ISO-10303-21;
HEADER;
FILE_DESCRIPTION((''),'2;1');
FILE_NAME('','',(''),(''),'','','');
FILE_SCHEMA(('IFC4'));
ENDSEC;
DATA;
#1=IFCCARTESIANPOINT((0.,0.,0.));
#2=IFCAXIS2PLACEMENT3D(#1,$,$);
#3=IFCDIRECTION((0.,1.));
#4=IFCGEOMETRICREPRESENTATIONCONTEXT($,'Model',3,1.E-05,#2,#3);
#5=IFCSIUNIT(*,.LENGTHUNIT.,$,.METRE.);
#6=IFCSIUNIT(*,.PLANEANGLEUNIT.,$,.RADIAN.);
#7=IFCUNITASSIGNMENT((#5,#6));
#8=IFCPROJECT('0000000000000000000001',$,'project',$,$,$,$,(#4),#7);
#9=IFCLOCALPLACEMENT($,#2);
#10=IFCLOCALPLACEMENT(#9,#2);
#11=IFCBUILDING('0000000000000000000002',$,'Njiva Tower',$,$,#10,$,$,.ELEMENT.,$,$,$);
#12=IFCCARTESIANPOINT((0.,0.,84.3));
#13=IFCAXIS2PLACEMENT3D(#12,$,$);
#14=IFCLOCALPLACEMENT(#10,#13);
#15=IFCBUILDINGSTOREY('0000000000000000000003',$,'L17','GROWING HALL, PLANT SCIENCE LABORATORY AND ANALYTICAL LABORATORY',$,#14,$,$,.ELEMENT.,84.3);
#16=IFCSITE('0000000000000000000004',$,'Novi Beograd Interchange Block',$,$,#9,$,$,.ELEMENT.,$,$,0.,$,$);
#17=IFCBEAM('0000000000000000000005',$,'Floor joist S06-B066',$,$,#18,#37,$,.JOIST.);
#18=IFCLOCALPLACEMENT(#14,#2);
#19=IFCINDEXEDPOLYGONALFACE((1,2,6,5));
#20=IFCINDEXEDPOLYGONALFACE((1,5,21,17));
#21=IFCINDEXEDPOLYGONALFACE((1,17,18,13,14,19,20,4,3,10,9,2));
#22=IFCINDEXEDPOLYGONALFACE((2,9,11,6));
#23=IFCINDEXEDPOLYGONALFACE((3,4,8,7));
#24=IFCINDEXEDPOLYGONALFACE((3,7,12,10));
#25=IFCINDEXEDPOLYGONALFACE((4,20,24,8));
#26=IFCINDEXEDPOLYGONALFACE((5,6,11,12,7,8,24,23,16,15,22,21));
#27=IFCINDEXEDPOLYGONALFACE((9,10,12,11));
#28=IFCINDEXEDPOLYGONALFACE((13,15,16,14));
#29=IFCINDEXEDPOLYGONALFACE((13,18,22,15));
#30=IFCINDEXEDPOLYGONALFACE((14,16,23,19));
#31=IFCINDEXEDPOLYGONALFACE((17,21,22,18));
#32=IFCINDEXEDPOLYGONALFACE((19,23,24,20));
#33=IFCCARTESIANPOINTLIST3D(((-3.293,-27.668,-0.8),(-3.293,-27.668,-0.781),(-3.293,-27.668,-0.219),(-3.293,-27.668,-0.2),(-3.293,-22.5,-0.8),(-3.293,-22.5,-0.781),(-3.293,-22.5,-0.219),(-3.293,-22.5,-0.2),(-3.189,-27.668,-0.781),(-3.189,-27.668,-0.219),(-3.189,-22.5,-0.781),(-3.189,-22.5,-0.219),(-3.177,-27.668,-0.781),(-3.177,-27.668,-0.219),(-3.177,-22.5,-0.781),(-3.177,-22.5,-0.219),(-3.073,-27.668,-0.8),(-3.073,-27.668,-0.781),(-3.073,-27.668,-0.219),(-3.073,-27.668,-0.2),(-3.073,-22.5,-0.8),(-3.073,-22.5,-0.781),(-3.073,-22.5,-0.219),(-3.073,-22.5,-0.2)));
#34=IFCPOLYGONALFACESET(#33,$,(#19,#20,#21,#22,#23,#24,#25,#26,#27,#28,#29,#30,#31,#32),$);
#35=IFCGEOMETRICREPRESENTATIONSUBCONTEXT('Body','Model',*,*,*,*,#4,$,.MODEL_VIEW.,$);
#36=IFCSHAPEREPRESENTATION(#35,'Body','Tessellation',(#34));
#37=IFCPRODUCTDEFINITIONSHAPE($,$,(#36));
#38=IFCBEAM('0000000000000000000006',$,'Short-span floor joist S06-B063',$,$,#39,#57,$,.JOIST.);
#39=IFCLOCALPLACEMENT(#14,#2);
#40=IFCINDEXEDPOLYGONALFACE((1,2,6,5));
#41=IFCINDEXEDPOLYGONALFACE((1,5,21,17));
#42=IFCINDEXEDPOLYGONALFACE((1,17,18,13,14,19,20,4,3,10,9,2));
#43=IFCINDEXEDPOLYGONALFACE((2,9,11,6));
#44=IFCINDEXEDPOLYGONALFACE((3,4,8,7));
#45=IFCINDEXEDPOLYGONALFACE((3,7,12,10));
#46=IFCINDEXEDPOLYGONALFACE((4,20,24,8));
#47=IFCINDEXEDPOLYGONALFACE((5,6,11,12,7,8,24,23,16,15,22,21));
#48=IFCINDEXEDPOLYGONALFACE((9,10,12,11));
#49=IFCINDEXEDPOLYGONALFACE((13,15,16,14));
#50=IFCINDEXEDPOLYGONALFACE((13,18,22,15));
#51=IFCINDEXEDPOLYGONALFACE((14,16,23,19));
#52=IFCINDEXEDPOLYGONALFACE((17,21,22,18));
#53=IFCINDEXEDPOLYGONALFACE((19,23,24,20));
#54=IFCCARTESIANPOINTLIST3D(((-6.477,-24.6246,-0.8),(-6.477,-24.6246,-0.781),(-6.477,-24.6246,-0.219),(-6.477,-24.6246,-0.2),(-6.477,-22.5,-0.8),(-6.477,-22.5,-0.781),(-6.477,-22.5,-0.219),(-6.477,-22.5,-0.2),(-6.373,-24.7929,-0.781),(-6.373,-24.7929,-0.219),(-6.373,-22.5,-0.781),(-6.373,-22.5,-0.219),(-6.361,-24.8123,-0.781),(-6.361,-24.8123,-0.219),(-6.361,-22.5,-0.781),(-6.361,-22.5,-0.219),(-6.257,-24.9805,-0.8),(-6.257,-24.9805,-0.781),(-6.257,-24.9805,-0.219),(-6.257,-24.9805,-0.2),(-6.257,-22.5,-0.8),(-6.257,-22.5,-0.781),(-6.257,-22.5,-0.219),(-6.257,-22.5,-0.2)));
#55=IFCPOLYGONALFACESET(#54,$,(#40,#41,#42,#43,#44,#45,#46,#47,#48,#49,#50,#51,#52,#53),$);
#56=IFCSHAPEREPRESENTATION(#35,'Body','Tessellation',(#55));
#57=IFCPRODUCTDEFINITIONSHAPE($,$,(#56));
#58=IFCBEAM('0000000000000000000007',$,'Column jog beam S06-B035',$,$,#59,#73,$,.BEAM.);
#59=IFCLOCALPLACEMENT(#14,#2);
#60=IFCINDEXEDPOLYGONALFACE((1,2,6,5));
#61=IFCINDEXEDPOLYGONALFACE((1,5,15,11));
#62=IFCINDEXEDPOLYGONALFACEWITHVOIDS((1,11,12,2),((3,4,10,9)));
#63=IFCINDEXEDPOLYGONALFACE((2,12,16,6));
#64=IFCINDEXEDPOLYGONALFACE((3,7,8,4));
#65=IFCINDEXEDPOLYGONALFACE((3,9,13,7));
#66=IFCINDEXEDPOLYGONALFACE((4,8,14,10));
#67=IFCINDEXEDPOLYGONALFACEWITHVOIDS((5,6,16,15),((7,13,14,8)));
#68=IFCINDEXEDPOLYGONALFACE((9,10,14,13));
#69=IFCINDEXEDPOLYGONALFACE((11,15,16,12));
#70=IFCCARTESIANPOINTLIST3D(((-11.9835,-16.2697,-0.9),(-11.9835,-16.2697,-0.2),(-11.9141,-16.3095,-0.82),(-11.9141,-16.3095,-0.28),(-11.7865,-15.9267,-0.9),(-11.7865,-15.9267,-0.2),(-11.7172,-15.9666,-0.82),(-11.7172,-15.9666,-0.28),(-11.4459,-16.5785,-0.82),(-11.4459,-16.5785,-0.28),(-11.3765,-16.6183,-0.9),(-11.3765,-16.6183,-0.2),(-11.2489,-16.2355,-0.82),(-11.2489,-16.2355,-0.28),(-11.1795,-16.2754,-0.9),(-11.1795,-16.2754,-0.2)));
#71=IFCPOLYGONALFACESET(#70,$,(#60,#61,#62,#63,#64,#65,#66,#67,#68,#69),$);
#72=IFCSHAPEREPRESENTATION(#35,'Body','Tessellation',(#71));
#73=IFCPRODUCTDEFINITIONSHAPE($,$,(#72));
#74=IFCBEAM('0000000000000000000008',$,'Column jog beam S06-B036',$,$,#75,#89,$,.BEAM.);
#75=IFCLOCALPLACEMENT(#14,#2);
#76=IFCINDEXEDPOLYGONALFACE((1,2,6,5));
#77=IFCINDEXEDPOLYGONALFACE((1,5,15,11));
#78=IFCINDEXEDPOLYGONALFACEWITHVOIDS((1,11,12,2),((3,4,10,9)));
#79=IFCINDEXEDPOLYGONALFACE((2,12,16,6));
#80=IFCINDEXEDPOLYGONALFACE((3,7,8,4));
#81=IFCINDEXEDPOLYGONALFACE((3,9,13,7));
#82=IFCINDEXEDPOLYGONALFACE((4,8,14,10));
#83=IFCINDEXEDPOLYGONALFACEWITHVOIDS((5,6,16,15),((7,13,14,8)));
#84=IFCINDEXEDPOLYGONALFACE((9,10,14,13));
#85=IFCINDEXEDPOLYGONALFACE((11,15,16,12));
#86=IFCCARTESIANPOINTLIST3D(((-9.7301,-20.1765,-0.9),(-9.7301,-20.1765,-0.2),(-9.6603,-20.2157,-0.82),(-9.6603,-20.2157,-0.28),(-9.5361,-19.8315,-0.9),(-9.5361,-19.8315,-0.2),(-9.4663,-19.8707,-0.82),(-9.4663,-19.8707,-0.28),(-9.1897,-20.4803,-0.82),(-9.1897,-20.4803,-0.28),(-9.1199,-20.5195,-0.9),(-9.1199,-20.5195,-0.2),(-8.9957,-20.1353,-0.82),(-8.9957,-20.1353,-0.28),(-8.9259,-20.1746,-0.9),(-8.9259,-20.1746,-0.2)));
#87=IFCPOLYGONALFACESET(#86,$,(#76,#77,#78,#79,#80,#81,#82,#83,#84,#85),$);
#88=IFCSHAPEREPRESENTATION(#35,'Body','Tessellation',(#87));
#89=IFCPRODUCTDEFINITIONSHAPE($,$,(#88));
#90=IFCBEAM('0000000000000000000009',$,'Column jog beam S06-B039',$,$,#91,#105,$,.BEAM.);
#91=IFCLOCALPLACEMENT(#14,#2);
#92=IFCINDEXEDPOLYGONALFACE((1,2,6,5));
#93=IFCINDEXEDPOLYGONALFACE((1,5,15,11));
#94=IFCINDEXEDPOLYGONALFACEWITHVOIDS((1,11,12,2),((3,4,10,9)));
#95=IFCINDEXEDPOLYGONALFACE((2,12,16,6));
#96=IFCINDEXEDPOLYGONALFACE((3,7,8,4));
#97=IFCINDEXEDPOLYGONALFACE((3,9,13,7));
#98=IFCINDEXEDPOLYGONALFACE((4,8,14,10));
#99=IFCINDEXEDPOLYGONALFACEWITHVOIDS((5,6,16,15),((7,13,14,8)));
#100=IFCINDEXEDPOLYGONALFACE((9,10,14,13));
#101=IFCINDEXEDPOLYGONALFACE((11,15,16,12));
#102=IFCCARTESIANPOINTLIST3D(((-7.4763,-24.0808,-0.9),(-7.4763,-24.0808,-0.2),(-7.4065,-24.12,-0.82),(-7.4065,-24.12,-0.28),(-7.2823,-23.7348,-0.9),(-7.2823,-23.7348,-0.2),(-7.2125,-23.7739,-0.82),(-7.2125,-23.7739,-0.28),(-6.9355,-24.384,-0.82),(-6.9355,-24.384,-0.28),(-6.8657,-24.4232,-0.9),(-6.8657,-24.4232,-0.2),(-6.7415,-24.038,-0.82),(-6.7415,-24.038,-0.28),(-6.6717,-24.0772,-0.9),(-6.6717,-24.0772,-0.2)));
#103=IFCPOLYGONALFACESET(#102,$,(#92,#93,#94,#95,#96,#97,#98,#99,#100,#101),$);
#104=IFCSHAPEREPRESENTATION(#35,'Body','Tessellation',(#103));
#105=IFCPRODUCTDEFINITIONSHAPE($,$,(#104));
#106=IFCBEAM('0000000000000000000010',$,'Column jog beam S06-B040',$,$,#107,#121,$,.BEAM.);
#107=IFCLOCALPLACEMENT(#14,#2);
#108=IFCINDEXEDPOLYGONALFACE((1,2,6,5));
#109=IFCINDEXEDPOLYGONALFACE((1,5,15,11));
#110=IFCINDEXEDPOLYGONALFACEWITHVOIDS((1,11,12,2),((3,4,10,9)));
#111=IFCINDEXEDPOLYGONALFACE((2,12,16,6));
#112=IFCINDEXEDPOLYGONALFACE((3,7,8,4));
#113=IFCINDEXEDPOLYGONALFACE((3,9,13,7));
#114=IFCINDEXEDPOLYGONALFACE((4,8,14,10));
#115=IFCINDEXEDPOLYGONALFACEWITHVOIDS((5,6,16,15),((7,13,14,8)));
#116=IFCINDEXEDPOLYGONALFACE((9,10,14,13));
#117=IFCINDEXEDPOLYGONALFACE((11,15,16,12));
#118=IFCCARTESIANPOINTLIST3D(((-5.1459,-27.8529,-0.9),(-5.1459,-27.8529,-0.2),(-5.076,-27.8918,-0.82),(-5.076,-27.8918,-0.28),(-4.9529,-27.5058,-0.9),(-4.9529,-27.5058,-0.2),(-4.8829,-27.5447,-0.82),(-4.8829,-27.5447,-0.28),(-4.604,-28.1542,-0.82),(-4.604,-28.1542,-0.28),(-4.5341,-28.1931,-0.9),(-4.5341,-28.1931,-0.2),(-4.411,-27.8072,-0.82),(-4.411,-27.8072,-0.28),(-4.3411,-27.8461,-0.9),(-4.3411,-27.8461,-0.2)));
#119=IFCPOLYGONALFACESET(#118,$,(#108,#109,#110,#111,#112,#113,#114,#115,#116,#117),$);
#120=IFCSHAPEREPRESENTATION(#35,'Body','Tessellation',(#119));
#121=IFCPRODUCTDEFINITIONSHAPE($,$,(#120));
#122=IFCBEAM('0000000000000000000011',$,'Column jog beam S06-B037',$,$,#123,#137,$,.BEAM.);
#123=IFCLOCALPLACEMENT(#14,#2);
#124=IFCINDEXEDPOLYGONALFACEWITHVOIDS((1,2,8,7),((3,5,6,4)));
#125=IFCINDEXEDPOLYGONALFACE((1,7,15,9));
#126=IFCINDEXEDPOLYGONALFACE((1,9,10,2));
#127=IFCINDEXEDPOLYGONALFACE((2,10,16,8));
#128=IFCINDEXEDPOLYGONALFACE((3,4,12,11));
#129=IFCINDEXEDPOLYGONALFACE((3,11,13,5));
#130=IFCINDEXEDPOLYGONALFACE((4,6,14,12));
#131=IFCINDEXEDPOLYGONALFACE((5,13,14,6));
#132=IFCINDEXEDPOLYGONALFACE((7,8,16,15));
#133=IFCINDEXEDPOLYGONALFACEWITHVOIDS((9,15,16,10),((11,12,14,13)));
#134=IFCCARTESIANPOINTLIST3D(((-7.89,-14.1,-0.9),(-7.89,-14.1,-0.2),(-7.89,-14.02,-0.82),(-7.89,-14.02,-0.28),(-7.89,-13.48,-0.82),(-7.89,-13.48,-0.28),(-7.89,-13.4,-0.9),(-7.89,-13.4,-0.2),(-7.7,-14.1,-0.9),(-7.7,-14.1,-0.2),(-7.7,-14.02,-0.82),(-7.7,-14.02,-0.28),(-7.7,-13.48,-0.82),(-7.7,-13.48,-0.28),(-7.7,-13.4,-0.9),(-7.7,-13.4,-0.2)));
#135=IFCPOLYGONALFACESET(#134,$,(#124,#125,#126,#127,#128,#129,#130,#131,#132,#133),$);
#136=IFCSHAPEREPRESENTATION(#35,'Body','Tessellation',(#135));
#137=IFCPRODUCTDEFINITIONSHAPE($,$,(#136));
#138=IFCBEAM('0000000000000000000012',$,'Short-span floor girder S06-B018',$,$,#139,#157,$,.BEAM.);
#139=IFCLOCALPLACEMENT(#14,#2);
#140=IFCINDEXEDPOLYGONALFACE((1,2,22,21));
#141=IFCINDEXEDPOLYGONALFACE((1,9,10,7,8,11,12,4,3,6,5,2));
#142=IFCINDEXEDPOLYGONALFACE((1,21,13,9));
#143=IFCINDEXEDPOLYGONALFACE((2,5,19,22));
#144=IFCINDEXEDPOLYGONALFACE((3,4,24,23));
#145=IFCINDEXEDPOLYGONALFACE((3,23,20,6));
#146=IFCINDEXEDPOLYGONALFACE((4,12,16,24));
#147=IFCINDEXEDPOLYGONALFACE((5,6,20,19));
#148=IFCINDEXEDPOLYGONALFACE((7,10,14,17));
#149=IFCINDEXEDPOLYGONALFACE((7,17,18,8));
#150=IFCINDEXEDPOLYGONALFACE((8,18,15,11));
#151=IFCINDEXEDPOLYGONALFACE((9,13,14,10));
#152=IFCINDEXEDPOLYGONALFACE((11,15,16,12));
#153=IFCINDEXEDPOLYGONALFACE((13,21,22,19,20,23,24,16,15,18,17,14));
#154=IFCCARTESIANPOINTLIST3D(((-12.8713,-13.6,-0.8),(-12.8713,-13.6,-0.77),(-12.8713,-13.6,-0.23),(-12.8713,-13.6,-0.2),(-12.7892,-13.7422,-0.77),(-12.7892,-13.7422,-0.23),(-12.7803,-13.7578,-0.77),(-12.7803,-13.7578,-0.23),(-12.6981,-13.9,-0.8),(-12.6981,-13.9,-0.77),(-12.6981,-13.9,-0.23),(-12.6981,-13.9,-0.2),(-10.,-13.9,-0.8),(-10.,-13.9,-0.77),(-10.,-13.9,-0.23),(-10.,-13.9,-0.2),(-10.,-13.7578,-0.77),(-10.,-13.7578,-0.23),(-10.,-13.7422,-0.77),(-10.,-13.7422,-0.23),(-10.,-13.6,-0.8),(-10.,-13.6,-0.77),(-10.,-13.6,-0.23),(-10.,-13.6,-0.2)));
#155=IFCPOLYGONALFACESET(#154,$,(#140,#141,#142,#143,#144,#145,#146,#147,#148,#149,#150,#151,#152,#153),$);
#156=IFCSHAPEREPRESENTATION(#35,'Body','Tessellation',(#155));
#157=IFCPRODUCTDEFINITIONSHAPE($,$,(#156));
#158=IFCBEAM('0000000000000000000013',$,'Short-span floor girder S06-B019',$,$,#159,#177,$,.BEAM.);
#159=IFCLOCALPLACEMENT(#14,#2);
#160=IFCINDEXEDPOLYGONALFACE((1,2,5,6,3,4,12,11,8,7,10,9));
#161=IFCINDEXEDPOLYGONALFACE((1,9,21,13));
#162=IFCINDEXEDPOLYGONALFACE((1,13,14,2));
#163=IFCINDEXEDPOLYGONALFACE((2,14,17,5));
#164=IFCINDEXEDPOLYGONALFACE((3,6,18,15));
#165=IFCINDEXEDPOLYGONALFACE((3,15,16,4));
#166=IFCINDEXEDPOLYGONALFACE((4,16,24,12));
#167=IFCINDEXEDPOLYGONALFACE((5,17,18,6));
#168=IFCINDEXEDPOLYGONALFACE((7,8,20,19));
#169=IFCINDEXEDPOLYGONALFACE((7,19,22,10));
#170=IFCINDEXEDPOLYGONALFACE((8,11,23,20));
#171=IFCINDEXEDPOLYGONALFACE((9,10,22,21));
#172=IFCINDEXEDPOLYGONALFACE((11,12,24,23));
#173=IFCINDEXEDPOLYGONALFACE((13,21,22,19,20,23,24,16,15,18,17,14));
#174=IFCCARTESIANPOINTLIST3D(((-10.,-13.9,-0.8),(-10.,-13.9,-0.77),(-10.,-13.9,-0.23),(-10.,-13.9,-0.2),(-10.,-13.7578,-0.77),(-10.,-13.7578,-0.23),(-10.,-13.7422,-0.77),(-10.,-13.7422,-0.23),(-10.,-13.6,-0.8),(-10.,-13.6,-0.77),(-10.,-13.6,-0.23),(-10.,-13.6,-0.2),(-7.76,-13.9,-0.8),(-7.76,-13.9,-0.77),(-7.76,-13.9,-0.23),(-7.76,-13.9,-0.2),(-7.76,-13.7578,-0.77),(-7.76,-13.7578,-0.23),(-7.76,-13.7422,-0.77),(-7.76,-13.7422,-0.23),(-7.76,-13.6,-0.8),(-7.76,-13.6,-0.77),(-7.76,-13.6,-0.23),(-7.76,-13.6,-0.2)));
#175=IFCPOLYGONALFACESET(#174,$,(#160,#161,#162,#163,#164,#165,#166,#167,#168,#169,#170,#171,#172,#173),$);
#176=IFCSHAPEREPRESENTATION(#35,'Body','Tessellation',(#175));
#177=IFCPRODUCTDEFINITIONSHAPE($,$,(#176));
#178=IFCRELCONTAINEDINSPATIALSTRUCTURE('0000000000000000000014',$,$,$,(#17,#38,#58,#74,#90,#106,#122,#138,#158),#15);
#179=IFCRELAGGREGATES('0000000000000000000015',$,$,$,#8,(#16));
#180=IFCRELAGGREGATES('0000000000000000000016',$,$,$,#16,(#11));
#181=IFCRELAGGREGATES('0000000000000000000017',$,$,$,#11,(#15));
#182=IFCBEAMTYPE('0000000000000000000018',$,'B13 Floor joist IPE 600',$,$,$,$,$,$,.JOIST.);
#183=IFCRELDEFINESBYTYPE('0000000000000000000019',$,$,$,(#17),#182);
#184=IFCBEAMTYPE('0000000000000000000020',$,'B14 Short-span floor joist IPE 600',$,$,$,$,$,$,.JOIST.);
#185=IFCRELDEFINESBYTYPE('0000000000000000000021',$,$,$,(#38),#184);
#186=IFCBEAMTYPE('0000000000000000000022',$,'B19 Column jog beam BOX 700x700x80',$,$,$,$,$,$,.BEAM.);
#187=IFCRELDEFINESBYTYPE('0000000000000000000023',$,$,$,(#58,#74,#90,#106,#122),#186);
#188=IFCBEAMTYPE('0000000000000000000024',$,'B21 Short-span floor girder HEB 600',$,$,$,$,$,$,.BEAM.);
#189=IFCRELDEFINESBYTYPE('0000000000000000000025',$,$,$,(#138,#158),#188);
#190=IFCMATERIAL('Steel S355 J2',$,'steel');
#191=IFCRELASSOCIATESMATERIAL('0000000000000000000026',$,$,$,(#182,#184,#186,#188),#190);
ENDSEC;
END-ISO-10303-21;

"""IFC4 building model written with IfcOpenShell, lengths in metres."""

from ifc_helpers import new_model, si_unit, direction, frame, origin, origin_2d, place, context, subcontext, project, spatial, hollow_rectangle, i_section, extrude, clip, halfspace, material, material_profile, profile_set, type_object, element, save


model = new_model("IFC4")

# Units and contexts
model_context = context("Model", 3, precision=1e-05, world=origin(), true_north=direction((0.0, 1.0)))
body_context = subcontext(model_context, "Body", "Model", "MODEL_VIEW")
ifc_project = project(units=[si_unit("LENGTHUNIT", "METRE"), si_unit("PLANEANGLEUNIT", "RADIAN")], contexts=[model_context])

# Site, building, storey
site_placement = place(None, origin())
site = spatial("IfcSite", under=ifc_project, at=site_placement, Name="Novi Beograd Interchange Block", CompositionType="ELEMENT", RefElevation=0.0)
building_placement = place(site_placement, origin())
building = spatial("IfcBuilding", under=site, at=building_placement, Name="Njiva Tower", CompositionType="ELEMENT")
storey_placement = place(building_placement, frame((0.0, 0.0, 84.3)))
storey = spatial("IfcBuildingStorey", under=building, at=storey_placement, Name="L17", Description="GROWING HALL, PLANT SCIENCE LABORATORY AND ANALYTICAL LABORATORY", CompositionType="ELEMENT", Elevation=84.3)

# Shared definitions
ifc_material_1 = material(Name="Steel S355 J2", Category="steel")

# Beams
ifc_material_profile_1 = material_profile(ifc_material_1, i_section(OverallWidth=0.22, OverallDepth=0.6, WebThickness=0.012, FlangeThickness=0.019, at=origin_2d()), Name="IPE 600")
ifc_profile_set_1 = profile_set([ifc_material_profile_1], Name="Steel S355 J2")
beam_type_1 = type_object("IfcBeamType", Name="B13 Floor joist IPE 600", PredefinedType="JOIST", material=ifc_profile_set_1)
beam_1_placement = place(storey_placement, frame((-3.183, -22.5, -0.5), z_axis=(0.0, -1.0, 0.0), x_axis=(1.0, 0.0, 0.0)))
element("IfcBeam", 1, at=beam_1_placement, inside=storey, type_object=beam_type_1, Name="Floor joist S06-B066", PredefinedType="JOIST", context=body_context, shape_type="SweptSolid", body=[
    extrude(i_section(OverallWidth=0.22, OverallDepth=0.6, WebThickness=0.012, FlangeThickness=0.019, at=origin_2d()), origin(), (0.0, 0.0, 1.0), 5.168),
])
ifc_material_profile_2 = material_profile(ifc_material_1, i_section(OverallWidth=0.22, OverallDepth=0.6, WebThickness=0.012, FlangeThickness=0.019, at=origin_2d()), Name="IPE 600")
ifc_profile_set_2 = profile_set([ifc_material_profile_2], Name="Steel S355 J2")
beam_type_2 = type_object("IfcBeamType", Name="B14 Short-span floor joist IPE 600", PredefinedType="JOIST", material=ifc_profile_set_2)
beam_2_placement = place(storey_placement, frame((-6.367, -22.5, -0.5), z_axis=(0.0, -1.0, 0.0), x_axis=(1.0, 0.0, 0.0)))
element("IfcBeam", 2, at=beam_2_placement, inside=storey, type_object=beam_type_2, Name="Short-span floor joist S06-B063", PredefinedType="JOIST", context=body_context, shape_type="Clipping", body=[
    clip(extrude(i_section(OverallWidth=0.22, OverallDepth=0.6, WebThickness=0.012, FlangeThickness=0.019, at=origin_2d()), origin(), (0.0, 0.0, 1.0), 2.501), halfspace(frame((-0.0422, 0.0, 2.2343), z_axis=(-0.850616, 0.0, 0.525788), x_axis=(0.0, 1.0, 0.0)), False)),
])
ifc_material_profile_3 = material_profile(ifc_material_1, hollow_rectangle(XDim=0.7, YDim=0.7, WallThickness=0.08, at=origin_2d()), Name="BOX 700x700x80")
ifc_profile_set_3 = profile_set([ifc_material_profile_3], Name="Steel S355 J2")
beam_type_3 = type_object("IfcBeamType", Name="B19 Column jog beam BOX 700x700x80", PredefinedType="BEAM", material=ifc_profile_set_3)
beam_3_placement = place(storey_placement, frame((-11.68, -16.444, -0.55), z_axis=(0.498044, 0.867152, 0.0), x_axis=(-0.867152, 0.498044, 0.0)))
element("IfcBeam", 3, at=beam_3_placement, inside=storey, type_object=beam_type_3, Name="Column jog beam S06-B035", PredefinedType="BEAM", context=body_context, shape_type="SweptSolid", body=[
    extrude(hollow_rectangle(XDim=0.7, YDim=0.7, WallThickness=0.08, at=origin_2d()), origin(), (0.0, 0.0, 1.0), 0.3955),
])
beam_4_placement = place(storey_placement, frame((-9.425, -20.348, -0.55), z_axis=(0.490141, 0.871643, 0.0), x_axis=(-0.871643, 0.490141, 0.0)))
element("IfcBeam", 4, at=beam_4_placement, inside=storey, type_object=beam_type_3, Name="Column jog beam S06-B036", PredefinedType="BEAM", context=body_context, shape_type="SweptSolid", body=[
    extrude(hollow_rectangle(XDim=0.7, YDim=0.7, WallThickness=0.08, at=origin_2d()), origin(), (0.0, 0.0, 1.0), 0.3958),
])
beam_5_placement = place(storey_placement, frame((-7.171, -24.252, -0.55), z_axis=(0.489064, 0.872248, 0.0), x_axis=(-0.872248, 0.489064, 0.0)))
element("IfcBeam", 5, at=beam_5_placement, inside=storey, type_object=beam_type_3, Name="Column jog beam S06-B039", PredefinedType="BEAM", context=body_context, shape_type="SweptSolid", body=[
    extrude(hollow_rectangle(XDim=0.7, YDim=0.7, WallThickness=0.08, at=origin_2d()), origin(), (0.0, 0.0, 1.0), 0.3967),
])
beam_6_placement = place(storey_placement, frame((-4.84, -28.023, -0.55), z_axis=(0.486071, 0.87392, 0.0), x_axis=(-0.87392, 0.486071, 0.0)))
element("IfcBeam", 6, at=beam_6_placement, inside=storey, type_object=beam_type_3, Name="Column jog beam S06-B040", PredefinedType="BEAM", context=body_context, shape_type="SweptSolid", body=[
    extrude(hollow_rectangle(XDim=0.7, YDim=0.7, WallThickness=0.08, at=origin_2d()), origin(), (0.0, 0.0, 1.0), 0.3971),
])
beam_7_placement = place(storey_placement, frame((-7.89, -13.75, -0.55), z_axis=(1.0, 0.0, 0.0), x_axis=(0.0, 1.0, 0.0)))
element("IfcBeam", 7, at=beam_7_placement, inside=storey, type_object=beam_type_3, Name="Column jog beam S06-B037", PredefinedType="BEAM", context=body_context, shape_type="SweptSolid", body=[
    extrude(hollow_rectangle(XDim=0.7, YDim=0.7, WallThickness=0.08, at=origin_2d()), origin(), (0.0, 0.0, 1.0), 0.19),
])
ifc_material_profile_4 = material_profile(ifc_material_1, i_section(OverallWidth=0.3, OverallDepth=0.6, WebThickness=0.0155, FlangeThickness=0.03, at=origin_2d()), Name="HEB 600")
ifc_profile_set_4 = profile_set([ifc_material_profile_4], Name="Steel S355 J2")
beam_type_4 = type_object("IfcBeamType", Name="B21 Short-span floor girder HEB 600", PredefinedType="BEAM", material=ifc_profile_set_4)
beam_8_placement = place(storey_placement, frame((-12.892, -13.75, -0.5), z_axis=(1.0, 0.0, 0.0), x_axis=(0.0, 1.0, 0.0)))
element("IfcBeam", 8, at=beam_8_placement, inside=storey, type_object=beam_type_4, Name="Short-span floor girder S06-B018", PredefinedType="BEAM", context=body_context, shape_type="Clipping", body=[
    clip(extrude(i_section(OverallWidth=0.3, OverallDepth=0.6, WebThickness=0.0155, FlangeThickness=0.03, at=origin_2d()), origin(), (0.0, 0.0, 1.0), 2.892), halfspace(frame((-0.025, 0.0, 0.1217), z_axis=(-0.499998, 0.0, -0.866027), x_axis=(0.0, -1.0, 0.0)), False)),
])
beam_9_placement = place(storey_placement, frame((-10.0, -13.75, -0.5), z_axis=(1.0, 0.0, 0.0), x_axis=(0.0, 1.0, 0.0)))
element("IfcBeam", 9, at=beam_9_placement, inside=storey, type_object=beam_type_4, Name="Short-span floor girder S06-B019", PredefinedType="BEAM", context=body_context, shape_type="SweptSolid", body=[
    extrude(i_section(OverallWidth=0.3, OverallDepth=0.6, WebThickness=0.0155, FlangeThickness=0.03, at=origin_2d()), origin(), (0.0, 0.0, 1.0), 2.24),
])

save(model, "model.ifc")
